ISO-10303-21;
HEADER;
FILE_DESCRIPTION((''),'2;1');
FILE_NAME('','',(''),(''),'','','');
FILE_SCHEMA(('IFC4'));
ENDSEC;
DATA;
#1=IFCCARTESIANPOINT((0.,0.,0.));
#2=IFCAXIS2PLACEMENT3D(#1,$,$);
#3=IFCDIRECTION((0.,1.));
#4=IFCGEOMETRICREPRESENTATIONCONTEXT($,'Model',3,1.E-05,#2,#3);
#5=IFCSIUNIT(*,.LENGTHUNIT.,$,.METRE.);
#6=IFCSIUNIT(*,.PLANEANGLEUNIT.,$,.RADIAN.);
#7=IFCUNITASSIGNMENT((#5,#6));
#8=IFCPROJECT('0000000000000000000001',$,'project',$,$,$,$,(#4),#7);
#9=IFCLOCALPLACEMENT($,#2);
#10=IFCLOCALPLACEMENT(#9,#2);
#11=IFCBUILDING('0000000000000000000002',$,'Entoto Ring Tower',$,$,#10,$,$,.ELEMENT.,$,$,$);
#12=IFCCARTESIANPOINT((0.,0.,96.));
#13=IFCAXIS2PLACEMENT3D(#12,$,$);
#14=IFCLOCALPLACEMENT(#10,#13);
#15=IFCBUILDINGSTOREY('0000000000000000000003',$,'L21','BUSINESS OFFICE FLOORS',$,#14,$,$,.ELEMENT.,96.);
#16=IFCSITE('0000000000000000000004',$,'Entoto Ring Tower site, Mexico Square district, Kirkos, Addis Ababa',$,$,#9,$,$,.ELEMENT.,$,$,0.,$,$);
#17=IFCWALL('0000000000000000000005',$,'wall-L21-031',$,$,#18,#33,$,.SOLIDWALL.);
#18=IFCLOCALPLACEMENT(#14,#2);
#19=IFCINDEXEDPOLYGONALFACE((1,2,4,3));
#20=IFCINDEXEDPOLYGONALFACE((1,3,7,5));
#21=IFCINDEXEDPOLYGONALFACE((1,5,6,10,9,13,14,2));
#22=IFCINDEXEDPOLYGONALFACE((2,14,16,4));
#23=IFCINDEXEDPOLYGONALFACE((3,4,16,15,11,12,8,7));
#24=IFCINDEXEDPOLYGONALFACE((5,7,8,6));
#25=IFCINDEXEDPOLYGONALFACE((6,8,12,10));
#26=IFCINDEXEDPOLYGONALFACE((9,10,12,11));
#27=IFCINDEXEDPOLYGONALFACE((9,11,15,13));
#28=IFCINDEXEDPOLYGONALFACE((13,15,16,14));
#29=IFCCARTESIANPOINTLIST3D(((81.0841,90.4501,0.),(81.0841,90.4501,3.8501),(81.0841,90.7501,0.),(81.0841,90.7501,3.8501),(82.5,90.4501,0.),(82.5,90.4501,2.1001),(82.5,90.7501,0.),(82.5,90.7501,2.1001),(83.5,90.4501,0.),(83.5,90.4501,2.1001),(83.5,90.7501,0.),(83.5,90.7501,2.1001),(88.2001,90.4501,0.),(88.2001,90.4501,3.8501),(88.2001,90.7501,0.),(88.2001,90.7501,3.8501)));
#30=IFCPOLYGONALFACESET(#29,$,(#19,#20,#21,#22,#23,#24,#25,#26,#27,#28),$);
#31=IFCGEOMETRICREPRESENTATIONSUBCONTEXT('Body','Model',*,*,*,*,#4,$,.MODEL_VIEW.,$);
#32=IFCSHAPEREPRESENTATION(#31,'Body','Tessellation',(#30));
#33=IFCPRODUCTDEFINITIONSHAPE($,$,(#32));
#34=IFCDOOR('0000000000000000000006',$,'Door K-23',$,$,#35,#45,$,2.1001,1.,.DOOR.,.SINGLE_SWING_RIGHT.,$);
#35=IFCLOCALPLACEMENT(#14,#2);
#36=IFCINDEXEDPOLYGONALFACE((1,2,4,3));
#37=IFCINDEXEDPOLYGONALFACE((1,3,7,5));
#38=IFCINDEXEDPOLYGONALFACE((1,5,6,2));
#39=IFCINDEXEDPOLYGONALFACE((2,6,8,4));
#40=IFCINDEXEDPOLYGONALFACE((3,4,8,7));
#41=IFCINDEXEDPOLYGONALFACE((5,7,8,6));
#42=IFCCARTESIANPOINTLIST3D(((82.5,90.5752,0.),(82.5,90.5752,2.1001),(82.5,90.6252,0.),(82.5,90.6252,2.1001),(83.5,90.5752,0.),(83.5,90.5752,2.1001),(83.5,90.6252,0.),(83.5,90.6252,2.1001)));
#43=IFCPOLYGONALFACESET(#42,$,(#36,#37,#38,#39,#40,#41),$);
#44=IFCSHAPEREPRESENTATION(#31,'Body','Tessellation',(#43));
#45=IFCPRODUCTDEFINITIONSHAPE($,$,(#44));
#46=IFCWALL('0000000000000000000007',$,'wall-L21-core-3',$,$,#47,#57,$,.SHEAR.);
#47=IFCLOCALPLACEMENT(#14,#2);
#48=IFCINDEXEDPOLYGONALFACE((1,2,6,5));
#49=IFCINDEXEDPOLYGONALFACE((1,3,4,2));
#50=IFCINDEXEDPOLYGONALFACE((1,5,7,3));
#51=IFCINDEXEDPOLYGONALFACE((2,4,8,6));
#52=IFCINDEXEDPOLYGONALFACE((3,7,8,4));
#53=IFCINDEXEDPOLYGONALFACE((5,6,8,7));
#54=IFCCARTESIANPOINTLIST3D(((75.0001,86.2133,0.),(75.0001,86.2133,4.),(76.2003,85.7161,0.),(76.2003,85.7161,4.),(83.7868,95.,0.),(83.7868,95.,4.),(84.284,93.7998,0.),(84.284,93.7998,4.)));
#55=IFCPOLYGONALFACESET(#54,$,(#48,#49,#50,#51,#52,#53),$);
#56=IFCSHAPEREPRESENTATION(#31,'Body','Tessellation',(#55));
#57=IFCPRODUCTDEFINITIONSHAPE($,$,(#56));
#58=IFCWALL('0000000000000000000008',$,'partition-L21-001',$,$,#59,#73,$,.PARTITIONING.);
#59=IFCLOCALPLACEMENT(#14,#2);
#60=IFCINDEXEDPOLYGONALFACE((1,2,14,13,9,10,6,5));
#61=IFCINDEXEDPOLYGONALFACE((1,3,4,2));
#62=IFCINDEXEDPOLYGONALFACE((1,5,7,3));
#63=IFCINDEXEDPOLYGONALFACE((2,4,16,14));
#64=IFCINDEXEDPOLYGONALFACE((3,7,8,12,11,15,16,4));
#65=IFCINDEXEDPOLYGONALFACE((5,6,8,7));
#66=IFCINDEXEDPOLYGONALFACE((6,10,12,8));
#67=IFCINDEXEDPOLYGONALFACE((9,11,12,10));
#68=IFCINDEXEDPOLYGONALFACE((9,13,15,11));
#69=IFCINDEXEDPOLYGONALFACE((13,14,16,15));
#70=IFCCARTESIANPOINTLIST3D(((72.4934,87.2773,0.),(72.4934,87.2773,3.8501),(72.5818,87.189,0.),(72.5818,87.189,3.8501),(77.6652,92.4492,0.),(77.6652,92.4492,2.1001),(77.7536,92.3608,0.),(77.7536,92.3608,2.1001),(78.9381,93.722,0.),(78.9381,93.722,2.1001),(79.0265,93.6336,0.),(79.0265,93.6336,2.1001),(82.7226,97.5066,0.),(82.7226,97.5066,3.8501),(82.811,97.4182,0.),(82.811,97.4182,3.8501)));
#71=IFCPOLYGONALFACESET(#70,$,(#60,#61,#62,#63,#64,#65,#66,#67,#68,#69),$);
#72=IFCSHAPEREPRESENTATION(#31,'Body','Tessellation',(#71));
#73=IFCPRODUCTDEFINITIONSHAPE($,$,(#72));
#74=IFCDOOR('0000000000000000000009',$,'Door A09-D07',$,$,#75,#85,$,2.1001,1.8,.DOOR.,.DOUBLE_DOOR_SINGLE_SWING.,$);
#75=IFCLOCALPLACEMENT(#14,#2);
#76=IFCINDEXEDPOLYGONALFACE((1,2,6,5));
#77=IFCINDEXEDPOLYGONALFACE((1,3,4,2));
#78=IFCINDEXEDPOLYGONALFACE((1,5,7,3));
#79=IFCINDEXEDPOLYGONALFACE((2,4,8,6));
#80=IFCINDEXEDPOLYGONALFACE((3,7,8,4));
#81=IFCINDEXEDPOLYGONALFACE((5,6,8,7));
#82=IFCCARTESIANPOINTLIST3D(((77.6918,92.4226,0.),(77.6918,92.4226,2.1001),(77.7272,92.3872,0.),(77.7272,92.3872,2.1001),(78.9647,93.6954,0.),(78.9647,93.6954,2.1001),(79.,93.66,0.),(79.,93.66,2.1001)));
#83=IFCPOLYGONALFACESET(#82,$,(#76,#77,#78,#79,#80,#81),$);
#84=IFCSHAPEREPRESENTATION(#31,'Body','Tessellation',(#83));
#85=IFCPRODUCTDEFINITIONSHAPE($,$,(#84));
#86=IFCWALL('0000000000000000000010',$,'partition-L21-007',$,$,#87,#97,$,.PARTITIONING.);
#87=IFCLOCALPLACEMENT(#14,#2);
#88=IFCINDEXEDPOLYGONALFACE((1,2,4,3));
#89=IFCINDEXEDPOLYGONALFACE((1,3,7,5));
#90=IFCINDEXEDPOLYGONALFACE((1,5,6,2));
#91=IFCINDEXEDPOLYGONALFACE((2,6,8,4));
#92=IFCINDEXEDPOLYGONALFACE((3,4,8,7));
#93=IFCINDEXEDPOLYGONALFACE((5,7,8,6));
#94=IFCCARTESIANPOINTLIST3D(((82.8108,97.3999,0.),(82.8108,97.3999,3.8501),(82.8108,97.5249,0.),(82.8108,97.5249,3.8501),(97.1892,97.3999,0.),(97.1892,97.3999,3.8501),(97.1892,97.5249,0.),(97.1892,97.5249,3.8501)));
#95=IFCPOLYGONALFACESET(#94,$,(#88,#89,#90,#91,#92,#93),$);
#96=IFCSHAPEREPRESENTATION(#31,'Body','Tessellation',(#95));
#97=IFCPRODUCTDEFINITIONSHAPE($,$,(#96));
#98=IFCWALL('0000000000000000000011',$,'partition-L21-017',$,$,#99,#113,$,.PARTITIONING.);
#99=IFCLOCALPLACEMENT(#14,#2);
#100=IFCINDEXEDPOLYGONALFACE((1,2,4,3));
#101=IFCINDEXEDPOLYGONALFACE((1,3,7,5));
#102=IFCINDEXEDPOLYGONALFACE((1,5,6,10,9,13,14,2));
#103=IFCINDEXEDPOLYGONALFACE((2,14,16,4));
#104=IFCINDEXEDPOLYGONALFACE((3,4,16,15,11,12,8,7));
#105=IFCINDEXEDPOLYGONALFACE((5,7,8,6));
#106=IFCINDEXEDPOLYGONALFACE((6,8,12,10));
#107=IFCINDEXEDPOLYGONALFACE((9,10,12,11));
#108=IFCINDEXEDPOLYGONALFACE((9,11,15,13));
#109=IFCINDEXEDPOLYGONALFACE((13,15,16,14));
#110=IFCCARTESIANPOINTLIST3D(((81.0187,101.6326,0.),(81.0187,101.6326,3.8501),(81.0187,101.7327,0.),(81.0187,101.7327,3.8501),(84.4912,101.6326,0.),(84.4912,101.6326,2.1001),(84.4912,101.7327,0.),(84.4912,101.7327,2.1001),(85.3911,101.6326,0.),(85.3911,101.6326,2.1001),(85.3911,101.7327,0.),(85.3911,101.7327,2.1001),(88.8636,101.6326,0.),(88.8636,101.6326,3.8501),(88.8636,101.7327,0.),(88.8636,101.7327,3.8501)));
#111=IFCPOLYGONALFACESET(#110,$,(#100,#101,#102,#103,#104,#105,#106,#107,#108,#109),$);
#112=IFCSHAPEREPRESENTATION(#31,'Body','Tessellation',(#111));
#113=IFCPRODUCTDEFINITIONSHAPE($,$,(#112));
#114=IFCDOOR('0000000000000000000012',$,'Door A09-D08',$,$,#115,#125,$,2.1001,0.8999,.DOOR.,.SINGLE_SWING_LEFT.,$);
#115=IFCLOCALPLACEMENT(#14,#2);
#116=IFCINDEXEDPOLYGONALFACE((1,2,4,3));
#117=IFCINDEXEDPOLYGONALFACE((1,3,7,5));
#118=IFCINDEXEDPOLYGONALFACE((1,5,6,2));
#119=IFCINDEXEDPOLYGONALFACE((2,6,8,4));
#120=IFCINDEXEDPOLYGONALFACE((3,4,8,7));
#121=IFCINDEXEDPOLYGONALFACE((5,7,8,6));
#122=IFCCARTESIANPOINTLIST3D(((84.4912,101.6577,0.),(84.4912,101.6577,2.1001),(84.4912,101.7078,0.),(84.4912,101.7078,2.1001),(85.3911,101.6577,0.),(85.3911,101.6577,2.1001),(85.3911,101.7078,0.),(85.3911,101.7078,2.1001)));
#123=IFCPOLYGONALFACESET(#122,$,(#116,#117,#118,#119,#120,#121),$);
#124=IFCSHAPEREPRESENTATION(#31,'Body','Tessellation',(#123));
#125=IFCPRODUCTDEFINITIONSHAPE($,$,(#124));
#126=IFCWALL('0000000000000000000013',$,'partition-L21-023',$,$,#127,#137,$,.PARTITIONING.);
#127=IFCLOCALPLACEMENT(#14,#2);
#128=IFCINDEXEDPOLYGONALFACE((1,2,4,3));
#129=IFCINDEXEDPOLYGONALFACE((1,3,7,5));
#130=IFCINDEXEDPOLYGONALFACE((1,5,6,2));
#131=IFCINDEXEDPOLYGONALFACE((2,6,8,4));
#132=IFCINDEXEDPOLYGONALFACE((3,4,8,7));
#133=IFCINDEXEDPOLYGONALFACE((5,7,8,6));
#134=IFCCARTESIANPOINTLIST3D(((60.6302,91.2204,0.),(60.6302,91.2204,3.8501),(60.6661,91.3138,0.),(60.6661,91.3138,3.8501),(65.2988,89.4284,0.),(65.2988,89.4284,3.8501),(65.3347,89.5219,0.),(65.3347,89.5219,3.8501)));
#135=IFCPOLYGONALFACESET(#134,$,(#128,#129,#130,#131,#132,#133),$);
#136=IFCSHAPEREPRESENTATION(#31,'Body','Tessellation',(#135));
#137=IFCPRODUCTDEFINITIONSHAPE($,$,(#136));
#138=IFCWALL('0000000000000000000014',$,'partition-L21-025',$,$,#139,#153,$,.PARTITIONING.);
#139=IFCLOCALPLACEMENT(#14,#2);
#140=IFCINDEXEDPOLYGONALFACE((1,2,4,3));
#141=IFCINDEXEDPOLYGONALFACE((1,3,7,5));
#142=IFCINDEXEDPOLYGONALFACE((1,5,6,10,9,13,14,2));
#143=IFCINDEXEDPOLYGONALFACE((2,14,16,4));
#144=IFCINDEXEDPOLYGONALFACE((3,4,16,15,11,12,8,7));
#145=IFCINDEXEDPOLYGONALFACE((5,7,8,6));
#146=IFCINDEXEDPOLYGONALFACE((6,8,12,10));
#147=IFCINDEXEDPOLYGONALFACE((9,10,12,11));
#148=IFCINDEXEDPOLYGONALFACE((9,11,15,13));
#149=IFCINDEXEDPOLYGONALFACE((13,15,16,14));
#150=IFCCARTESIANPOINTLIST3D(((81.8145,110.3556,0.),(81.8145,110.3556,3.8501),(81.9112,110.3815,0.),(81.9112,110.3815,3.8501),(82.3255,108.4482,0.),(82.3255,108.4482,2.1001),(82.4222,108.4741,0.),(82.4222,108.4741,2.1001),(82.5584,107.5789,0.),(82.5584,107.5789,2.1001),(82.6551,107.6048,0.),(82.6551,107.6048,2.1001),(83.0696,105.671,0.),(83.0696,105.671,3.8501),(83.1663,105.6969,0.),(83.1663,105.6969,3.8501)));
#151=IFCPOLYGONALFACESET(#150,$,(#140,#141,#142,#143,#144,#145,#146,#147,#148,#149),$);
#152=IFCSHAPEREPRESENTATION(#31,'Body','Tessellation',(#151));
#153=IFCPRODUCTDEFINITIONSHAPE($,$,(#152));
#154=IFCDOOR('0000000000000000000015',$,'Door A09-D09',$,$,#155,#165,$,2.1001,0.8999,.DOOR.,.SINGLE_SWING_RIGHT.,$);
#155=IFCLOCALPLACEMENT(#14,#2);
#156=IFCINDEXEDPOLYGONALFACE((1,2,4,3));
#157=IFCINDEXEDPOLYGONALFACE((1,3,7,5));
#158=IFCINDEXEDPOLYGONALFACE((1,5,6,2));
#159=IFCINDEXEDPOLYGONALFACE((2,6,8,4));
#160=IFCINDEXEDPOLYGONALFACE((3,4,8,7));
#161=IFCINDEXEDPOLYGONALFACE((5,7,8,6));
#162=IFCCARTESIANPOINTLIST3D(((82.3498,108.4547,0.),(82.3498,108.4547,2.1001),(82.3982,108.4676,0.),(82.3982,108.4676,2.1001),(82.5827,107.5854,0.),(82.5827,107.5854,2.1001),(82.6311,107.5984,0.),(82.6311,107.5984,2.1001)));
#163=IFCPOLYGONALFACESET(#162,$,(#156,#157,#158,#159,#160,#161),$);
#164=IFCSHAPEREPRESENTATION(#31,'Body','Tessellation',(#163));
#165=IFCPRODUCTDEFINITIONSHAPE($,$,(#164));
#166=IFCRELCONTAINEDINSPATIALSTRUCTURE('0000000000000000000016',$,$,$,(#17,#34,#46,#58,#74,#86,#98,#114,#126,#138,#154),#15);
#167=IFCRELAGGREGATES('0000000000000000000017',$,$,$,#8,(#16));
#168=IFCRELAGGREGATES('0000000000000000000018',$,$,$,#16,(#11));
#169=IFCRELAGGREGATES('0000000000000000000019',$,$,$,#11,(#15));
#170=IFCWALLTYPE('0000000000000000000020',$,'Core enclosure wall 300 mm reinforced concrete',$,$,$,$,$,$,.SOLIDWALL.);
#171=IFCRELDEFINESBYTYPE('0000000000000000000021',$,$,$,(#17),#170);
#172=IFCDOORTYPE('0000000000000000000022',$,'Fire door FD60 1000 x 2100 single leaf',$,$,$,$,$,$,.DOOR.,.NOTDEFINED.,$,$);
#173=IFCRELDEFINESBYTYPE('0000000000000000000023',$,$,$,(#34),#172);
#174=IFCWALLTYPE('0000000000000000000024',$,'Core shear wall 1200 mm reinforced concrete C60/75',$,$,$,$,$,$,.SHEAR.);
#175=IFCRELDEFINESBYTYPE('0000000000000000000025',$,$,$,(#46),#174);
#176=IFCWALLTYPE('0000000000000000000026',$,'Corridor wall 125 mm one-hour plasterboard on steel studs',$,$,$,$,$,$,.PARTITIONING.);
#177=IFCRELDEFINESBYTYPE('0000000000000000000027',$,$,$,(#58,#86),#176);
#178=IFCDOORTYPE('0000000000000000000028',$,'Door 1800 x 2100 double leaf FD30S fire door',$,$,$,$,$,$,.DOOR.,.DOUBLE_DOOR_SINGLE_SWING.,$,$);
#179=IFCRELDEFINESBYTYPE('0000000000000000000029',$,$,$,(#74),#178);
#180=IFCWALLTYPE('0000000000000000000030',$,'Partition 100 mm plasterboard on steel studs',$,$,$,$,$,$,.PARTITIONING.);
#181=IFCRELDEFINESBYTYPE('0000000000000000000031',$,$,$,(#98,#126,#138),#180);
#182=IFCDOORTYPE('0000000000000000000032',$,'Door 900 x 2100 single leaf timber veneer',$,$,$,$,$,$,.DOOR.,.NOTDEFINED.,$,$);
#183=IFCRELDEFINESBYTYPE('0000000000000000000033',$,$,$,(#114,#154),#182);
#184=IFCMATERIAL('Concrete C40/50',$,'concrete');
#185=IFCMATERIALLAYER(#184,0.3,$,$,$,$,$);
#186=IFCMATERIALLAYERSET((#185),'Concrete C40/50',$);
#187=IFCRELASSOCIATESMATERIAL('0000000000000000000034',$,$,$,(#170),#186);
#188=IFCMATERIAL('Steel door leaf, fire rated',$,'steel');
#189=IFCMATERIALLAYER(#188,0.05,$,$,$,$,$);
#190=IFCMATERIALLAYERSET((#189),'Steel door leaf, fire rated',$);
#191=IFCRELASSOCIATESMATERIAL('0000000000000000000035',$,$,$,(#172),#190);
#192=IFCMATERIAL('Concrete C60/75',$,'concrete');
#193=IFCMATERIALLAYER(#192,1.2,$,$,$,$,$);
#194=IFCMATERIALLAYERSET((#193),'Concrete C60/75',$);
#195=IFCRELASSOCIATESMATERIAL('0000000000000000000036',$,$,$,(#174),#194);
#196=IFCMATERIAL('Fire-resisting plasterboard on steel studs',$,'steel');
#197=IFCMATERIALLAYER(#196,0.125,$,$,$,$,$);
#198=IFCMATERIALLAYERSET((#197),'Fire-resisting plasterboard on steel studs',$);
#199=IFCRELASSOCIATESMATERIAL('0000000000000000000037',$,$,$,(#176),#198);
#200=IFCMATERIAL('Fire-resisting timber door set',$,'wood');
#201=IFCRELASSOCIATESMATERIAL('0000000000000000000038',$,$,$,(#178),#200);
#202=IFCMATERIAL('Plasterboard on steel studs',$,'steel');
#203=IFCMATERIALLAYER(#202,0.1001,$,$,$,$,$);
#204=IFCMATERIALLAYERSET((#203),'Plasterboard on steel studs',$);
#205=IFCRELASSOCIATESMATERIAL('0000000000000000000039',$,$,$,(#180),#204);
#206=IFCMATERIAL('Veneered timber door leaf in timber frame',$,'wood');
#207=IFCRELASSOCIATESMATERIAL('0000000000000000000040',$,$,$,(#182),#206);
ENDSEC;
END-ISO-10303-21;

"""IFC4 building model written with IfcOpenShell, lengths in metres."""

from ifc_helpers import new_model, si_unit, direction, frame, frame_2d, origin, place, context, subcontext, project, spatial, polyline, rectangle, outline, extrude, material, layer, layer_set, type_object, element, fill, save


model = new_model("IFC4")

# Units and contexts
model_context = context("Model", 3, precision=1e-05, world=origin(), true_north=direction((0.0, 1.0)))
body_context = subcontext(model_context, "Body", "Model", "MODEL_VIEW")
ifc_project = project(units=[si_unit("LENGTHUNIT", "METRE"), si_unit("PLANEANGLEUNIT", "RADIAN")], contexts=[model_context])

# Site, building, storey
site_placement = place(None, origin())
site = spatial("IfcSite", under=ifc_project, at=site_placement, Name="Entoto Ring Tower site, Mexico Square district, Kirkos, Addis Ababa", CompositionType="ELEMENT", RefElevation=0.0)
building_placement = place(site_placement, origin())
building = spatial("IfcBuilding", under=site, at=building_placement, Name="Entoto Ring Tower", CompositionType="ELEMENT")
storey_placement = place(building_placement, frame((0.0, 0.0, 96.0)))
storey = spatial("IfcBuildingStorey", under=building, at=storey_placement, Name="L21", Description="BUSINESS OFFICE FLOORS", CompositionType="ELEMENT", Elevation=96.0)

# Wall, opening, door
ifc_material_1 = material(Name="Concrete C40/50", Category="concrete")
ifc_layer_1 = layer(ifc_material_1, 0.3)
ifc_layer_set_1 = layer_set([ifc_layer_1], Name="Concrete C40/50")
wall_type_1 = type_object("IfcWallType", Name="Core enclosure wall 300 mm reinforced concrete", PredefinedType="SOLIDWALL", material=ifc_layer_set_1)
wall_1_placement = place(storey_placement, frame((81.084, 90.6001, 0.0), z_axis=(0.0, 0.0, 1.0), x_axis=(1.0, 0.0, 0.0)))
wall_1 = element("IfcWall", 1, at=wall_1_placement, inside=storey, type_object=wall_type_1, Name="wall-L21-031", PredefinedType="SOLIDWALL", context=body_context, shape_type="SweptSolid", body=[
    extrude(rectangle(XDim=7.116, YDim=0.3, at=frame_2d((3.5581, 0.0))), origin(), (0.0, 0.0, 1.0), 3.8501),
])
opening_1_placement = place(wall_1_placement, frame((1.416, 0.0, 0.0)))
opening_1 = element("IfcOpeningElement", 2, at=opening_1_placement, cuts=wall_1, PredefinedType="OPENING", context=body_context, shape_type="SweptSolid", body=[
    extrude(rectangle(XDim=1.0, YDim=2.1001, at=frame_2d((0.5, 1.05))), frame((0.0, 0.1602, 0.0), z_axis=(0.0, -1.0, 0.0), x_axis=(1.0, 0.0, 0.0)), (0.0, 0.0, 1.0), 0.3201),
])
ifc_material_2 = material(Name="Steel door leaf, fire rated", Category="steel")
ifc_layer_2 = layer(ifc_material_2, 0.05)
ifc_layer_set_2 = layer_set([ifc_layer_2], Name="Steel door leaf, fire rated")
door_type_1 = type_object("IfcDoorType", Name="Fire door FD60 1000 x 2100 single leaf", OperationType="NOTDEFINED", PredefinedType="DOOR", material=ifc_layer_set_2)
door_1_placement = place(opening_1_placement, frame((1.0, 0.0, 0.0), z_axis=(0.0, 0.0, 1.0), x_axis=(-1.0, 0.0, 0.0)))
door_1 = element("IfcDoor", 3, at=door_1_placement, inside=storey, type_object=door_type_1, Name="Door K-23", OperationType="SINGLE_SWING_RIGHT", OverallHeight=2.1001, OverallWidth=1.0, PredefinedType="DOOR", context=body_context, shape_type="SweptSolid", body=[
    extrude(rectangle(XDim=1.0, YDim=2.1001, at=frame_2d((0.5, 1.05))), frame((0.0, 0.0249, 0.0), z_axis=(0.0, -1.0, 0.0), x_axis=(1.0, 0.0, 0.0)), (0.0, 0.0, 1.0), 0.05),
])
fill(opening_1, door_1)

# Wall
ifc_material_3 = material(Name="Concrete C60/75", Category="concrete")
ifc_layer_3 = layer(ifc_material_3, 1.2)
ifc_layer_set_3 = layer_set([ifc_layer_3], Name="Concrete C60/75")
wall_type_2 = type_object("IfcWallType", Name="Core shear wall 1200 mm reinforced concrete C60/75", PredefinedType="SHEAR", material=ifc_layer_set_3)
wall_2_placement = place(storey_placement, frame((84.0354, 94.3999, 0.0), z_axis=(0.0, 0.0, 1.0), x_axis=(-0.707107, -0.707107, 0.0)))
element("IfcWall", 4, at=wall_2_placement, inside=storey, type_object=wall_type_2, Name="wall-L21-core-3", PredefinedType="SHEAR", context=body_context, shape_type="SweptSolid", body=[
    extrude(outline(polyline([(-0.2485, -0.6001), (12.1777, -0.6001), (11.6807, 0.6001), (0.2485, 0.6001), (-0.2485, -0.6001)])), origin(), (0.0, 0.0, 1.0), 4.0),
])

# Wall, opening, door
ifc_material_4 = material(Name="Fire-resisting plasterboard on steel studs", Category="steel")
ifc_layer_4 = layer(ifc_material_4, 0.125)
ifc_layer_set_4 = layer_set([ifc_layer_4], Name="Fire-resisting plasterboard on steel studs")
wall_type_3 = type_object("IfcWallType", Name="Corridor wall 125 mm one-hour plasterboard on steel studs", PredefinedType="PARTITIONING", material=ifc_layer_set_4)
wall_3_placement = place(storey_placement, frame((72.5376, 87.2332, 0.0), z_axis=(0.0, 0.0, 1.0), x_axis=(0.707107, 0.707107, 0.0)))
wall_3 = element("IfcWall", 5, at=wall_3_placement, inside=storey, type_object=wall_type_3, Name="partition-L21-001", PredefinedType="PARTITIONING", context=body_context, shape_type="SweptSolid", body=[
    extrude(rectangle(XDim=14.4663, YDim=0.125, at=frame_2d((7.2332, 0.0))), origin(), (0.0, 0.0, 1.0), 3.8501),
])
opening_2_placement = place(wall_3_placement, frame((7.3142, 0.0, 0.0)))
opening_2 = element("IfcOpeningElement", 6, at=opening_2_placement, cuts=wall_3, PredefinedType="OPENING", context=body_context, shape_type="SweptSolid", body=[
    extrude(rectangle(XDim=1.8, YDim=2.1001, at=frame_2d((0.8999, 1.05))), frame((0.0, 0.0725, 0.0), z_axis=(0.0, -1.0, 0.0), x_axis=(1.0, 0.0, 0.0)), (0.0, 0.0, 1.0), 0.145),
])
ifc_material_5 = material(Name="Fire-resisting timber door set", Category="wood")
door_type_2 = type_object("IfcDoorType", Name="Door 1800 x 2100 double leaf FD30S fire door", OperationType="DOUBLE_DOOR_SINGLE_SWING", PredefinedType="DOOR", material=ifc_material_5)
door_2_placement = place(opening_2_placement, origin())
door_2 = element("IfcDoor", 7, at=door_2_placement, inside=storey, type_object=door_type_2, Name="Door A09-D07", OperationType="DOUBLE_DOOR_SINGLE_SWING", OverallHeight=2.1001, OverallWidth=1.8, PredefinedType="DOOR", context=body_context, shape_type="SweptSolid", body=[
    extrude(rectangle(XDim=1.8, YDim=2.1001, at=frame_2d((0.8999, 1.05))), frame((0.0, 0.0249, 0.0), z_axis=(0.0, -1.0, 0.0), x_axis=(1.0, 0.0, 0.0)), (0.0, 0.0, 1.0), 0.05),
])
fill(opening_2, door_2)

# Wall
wall_4_placement = place(storey_placement, frame((82.8108, 97.4624, 0.0), z_axis=(0.0, 0.0, 1.0), x_axis=(1.0, 0.0, 0.0)))
element("IfcWall", 8, at=wall_4_placement, inside=storey, type_object=wall_type_3, Name="partition-L21-007", PredefinedType="PARTITIONING", context=body_context, shape_type="SweptSolid", body=[
    extrude(rectangle(XDim=14.3784, YDim=0.125, at=frame_2d((7.1892, 0.0))), origin(), (0.0, 0.0, 1.0), 3.8501),
])

# Wall, opening, door
ifc_material_6 = material(Name="Plasterboard on steel studs", Category="steel")
ifc_layer_5 = layer(ifc_material_6, 0.1001)
ifc_layer_set_5 = layer_set([ifc_layer_5], Name="Plasterboard on steel studs")
wall_type_4 = type_object("IfcWallType", Name="Partition 100 mm plasterboard on steel studs", PredefinedType="PARTITIONING", material=ifc_layer_set_5)
wall_5_placement = place(storey_placement, frame((81.0188, 101.6826, 0.0), z_axis=(0.0, 0.0, 1.0), x_axis=(1.0, 0.0, 0.0)))
wall_5 = element("IfcWall", 9, at=wall_5_placement, inside=storey, type_object=wall_type_4, Name="partition-L21-017", PredefinedType="PARTITIONING", context=body_context, shape_type="SweptSolid", body=[
    extrude(rectangle(XDim=7.845, YDim=0.1001, at=frame_2d((3.9224, 0.0))), origin(), (0.0, 0.0, 1.0), 3.8501),
])
opening_3_placement = place(wall_5_placement, frame((3.4724, 0.0, 0.0)))
opening_3 = element("IfcOpeningElement", 10, at=opening_3_placement, cuts=wall_5, PredefinedType="OPENING", context=body_context, shape_type="SweptSolid", body=[
    extrude(rectangle(XDim=0.8999, YDim=2.1001, at=frame_2d((0.45, 1.05))), frame((0.0, 0.0601, 0.0), z_axis=(0.0, -1.0, 0.0), x_axis=(1.0, 0.0, 0.0)), (0.0, 0.0, 1.0), 0.1201),
])
ifc_material_7 = material(Name="Veneered timber door leaf in timber frame", Category="wood")
door_type_3 = type_object("IfcDoorType", Name="Door 900 x 2100 single leaf timber veneer", OperationType="NOTDEFINED", PredefinedType="DOOR", material=ifc_material_7)
door_3_placement = place(opening_3_placement, frame((0.8999, 0.0, 0.0), z_axis=(0.0, 0.0, 1.0), x_axis=(-1.0, 0.0, 0.0)))
door_3 = element("IfcDoor", 11, at=door_3_placement, inside=storey, type_object=door_type_3, Name="Door A09-D08", OperationType="SINGLE_SWING_LEFT", OverallHeight=2.1001, OverallWidth=0.8999, PredefinedType="DOOR", context=body_context, shape_type="SweptSolid", body=[
    extrude(rectangle(XDim=0.8999, YDim=2.1001, at=frame_2d((0.45, 1.05))), frame((0.0, 0.0249, 0.0), z_axis=(0.0, -1.0, 0.0), x_axis=(1.0, 0.0, 0.0)), (0.0, 0.0, 1.0), 0.05),
])
fill(opening_3, door_3)

# Wall
wall_6_placement = place(storey_placement, frame((65.3169, 89.4751, 0.0), z_axis=(0.0, 0.0, 1.0), x_axis=(-0.933591, 0.358341, 0.0)))
element("IfcWall", 12, at=wall_6_placement, inside=storey, type_object=wall_type_4, Name="partition-L21-023", PredefinedType="PARTITIONING", context=body_context, shape_type="SweptSolid", body=[
    extrude(rectangle(XDim=5.0007, YDim=0.1001, at=frame_2d((2.5005, 0.0))), origin(), (0.0, 0.0, 1.0), 3.8501),
])

# Wall, opening, door
wall_7_placement = place(storey_placement, frame((83.1179, 105.6841, 0.0), z_axis=(0.0, 0.0, 1.0), x_axis=(-0.2588, 0.965931, 0.0)))
wall_7 = element("IfcWall", 13, at=wall_7_placement, inside=storey, type_object=wall_type_4, Name="partition-L21-025", PredefinedType="PARTITIONING", context=body_context, shape_type="SweptSolid", body=[
    extrude(rectangle(XDim=4.8499, YDim=0.1001, at=frame_2d((2.4248, 0.0))), origin(), (0.0, 0.0, 1.0), 3.8501),
])
opening_4_placement = place(wall_7_placement, frame((1.9751, 0.0, 0.0)))
opening_4 = element("IfcOpeningElement", 14, at=opening_4_placement, cuts=wall_7, PredefinedType="OPENING", context=body_context, shape_type="SweptSolid", body=[
    extrude(rectangle(XDim=0.8999, YDim=2.1001, at=frame_2d((0.45, 1.05))), frame((0.0, 0.0601, 0.0), z_axis=(0.0, -1.0, 0.0), x_axis=(1.0, 0.0, 0.0)), (0.0, 0.0, 1.0), 0.1201),
])
door_4_placement = place(opening_4_placement, origin())
door_4 = element("IfcDoor", 15, at=door_4_placement, inside=storey, type_object=door_type_3, Name="Door A09-D09", OperationType="SINGLE_SWING_RIGHT", OverallHeight=2.1001, OverallWidth=0.8999, PredefinedType="DOOR", context=body_context, shape_type="SweptSolid", body=[
    extrude(rectangle(XDim=0.8999, YDim=2.1001, at=frame_2d((0.45, 1.05))), frame((0.0, 0.0249, 0.0), z_axis=(0.0, -1.0, 0.0), x_axis=(1.0, 0.0, 0.0)), (0.0, 0.0, 1.0), 0.05),
])
fill(opening_4, door_4)

save(model, "model.ifc")
